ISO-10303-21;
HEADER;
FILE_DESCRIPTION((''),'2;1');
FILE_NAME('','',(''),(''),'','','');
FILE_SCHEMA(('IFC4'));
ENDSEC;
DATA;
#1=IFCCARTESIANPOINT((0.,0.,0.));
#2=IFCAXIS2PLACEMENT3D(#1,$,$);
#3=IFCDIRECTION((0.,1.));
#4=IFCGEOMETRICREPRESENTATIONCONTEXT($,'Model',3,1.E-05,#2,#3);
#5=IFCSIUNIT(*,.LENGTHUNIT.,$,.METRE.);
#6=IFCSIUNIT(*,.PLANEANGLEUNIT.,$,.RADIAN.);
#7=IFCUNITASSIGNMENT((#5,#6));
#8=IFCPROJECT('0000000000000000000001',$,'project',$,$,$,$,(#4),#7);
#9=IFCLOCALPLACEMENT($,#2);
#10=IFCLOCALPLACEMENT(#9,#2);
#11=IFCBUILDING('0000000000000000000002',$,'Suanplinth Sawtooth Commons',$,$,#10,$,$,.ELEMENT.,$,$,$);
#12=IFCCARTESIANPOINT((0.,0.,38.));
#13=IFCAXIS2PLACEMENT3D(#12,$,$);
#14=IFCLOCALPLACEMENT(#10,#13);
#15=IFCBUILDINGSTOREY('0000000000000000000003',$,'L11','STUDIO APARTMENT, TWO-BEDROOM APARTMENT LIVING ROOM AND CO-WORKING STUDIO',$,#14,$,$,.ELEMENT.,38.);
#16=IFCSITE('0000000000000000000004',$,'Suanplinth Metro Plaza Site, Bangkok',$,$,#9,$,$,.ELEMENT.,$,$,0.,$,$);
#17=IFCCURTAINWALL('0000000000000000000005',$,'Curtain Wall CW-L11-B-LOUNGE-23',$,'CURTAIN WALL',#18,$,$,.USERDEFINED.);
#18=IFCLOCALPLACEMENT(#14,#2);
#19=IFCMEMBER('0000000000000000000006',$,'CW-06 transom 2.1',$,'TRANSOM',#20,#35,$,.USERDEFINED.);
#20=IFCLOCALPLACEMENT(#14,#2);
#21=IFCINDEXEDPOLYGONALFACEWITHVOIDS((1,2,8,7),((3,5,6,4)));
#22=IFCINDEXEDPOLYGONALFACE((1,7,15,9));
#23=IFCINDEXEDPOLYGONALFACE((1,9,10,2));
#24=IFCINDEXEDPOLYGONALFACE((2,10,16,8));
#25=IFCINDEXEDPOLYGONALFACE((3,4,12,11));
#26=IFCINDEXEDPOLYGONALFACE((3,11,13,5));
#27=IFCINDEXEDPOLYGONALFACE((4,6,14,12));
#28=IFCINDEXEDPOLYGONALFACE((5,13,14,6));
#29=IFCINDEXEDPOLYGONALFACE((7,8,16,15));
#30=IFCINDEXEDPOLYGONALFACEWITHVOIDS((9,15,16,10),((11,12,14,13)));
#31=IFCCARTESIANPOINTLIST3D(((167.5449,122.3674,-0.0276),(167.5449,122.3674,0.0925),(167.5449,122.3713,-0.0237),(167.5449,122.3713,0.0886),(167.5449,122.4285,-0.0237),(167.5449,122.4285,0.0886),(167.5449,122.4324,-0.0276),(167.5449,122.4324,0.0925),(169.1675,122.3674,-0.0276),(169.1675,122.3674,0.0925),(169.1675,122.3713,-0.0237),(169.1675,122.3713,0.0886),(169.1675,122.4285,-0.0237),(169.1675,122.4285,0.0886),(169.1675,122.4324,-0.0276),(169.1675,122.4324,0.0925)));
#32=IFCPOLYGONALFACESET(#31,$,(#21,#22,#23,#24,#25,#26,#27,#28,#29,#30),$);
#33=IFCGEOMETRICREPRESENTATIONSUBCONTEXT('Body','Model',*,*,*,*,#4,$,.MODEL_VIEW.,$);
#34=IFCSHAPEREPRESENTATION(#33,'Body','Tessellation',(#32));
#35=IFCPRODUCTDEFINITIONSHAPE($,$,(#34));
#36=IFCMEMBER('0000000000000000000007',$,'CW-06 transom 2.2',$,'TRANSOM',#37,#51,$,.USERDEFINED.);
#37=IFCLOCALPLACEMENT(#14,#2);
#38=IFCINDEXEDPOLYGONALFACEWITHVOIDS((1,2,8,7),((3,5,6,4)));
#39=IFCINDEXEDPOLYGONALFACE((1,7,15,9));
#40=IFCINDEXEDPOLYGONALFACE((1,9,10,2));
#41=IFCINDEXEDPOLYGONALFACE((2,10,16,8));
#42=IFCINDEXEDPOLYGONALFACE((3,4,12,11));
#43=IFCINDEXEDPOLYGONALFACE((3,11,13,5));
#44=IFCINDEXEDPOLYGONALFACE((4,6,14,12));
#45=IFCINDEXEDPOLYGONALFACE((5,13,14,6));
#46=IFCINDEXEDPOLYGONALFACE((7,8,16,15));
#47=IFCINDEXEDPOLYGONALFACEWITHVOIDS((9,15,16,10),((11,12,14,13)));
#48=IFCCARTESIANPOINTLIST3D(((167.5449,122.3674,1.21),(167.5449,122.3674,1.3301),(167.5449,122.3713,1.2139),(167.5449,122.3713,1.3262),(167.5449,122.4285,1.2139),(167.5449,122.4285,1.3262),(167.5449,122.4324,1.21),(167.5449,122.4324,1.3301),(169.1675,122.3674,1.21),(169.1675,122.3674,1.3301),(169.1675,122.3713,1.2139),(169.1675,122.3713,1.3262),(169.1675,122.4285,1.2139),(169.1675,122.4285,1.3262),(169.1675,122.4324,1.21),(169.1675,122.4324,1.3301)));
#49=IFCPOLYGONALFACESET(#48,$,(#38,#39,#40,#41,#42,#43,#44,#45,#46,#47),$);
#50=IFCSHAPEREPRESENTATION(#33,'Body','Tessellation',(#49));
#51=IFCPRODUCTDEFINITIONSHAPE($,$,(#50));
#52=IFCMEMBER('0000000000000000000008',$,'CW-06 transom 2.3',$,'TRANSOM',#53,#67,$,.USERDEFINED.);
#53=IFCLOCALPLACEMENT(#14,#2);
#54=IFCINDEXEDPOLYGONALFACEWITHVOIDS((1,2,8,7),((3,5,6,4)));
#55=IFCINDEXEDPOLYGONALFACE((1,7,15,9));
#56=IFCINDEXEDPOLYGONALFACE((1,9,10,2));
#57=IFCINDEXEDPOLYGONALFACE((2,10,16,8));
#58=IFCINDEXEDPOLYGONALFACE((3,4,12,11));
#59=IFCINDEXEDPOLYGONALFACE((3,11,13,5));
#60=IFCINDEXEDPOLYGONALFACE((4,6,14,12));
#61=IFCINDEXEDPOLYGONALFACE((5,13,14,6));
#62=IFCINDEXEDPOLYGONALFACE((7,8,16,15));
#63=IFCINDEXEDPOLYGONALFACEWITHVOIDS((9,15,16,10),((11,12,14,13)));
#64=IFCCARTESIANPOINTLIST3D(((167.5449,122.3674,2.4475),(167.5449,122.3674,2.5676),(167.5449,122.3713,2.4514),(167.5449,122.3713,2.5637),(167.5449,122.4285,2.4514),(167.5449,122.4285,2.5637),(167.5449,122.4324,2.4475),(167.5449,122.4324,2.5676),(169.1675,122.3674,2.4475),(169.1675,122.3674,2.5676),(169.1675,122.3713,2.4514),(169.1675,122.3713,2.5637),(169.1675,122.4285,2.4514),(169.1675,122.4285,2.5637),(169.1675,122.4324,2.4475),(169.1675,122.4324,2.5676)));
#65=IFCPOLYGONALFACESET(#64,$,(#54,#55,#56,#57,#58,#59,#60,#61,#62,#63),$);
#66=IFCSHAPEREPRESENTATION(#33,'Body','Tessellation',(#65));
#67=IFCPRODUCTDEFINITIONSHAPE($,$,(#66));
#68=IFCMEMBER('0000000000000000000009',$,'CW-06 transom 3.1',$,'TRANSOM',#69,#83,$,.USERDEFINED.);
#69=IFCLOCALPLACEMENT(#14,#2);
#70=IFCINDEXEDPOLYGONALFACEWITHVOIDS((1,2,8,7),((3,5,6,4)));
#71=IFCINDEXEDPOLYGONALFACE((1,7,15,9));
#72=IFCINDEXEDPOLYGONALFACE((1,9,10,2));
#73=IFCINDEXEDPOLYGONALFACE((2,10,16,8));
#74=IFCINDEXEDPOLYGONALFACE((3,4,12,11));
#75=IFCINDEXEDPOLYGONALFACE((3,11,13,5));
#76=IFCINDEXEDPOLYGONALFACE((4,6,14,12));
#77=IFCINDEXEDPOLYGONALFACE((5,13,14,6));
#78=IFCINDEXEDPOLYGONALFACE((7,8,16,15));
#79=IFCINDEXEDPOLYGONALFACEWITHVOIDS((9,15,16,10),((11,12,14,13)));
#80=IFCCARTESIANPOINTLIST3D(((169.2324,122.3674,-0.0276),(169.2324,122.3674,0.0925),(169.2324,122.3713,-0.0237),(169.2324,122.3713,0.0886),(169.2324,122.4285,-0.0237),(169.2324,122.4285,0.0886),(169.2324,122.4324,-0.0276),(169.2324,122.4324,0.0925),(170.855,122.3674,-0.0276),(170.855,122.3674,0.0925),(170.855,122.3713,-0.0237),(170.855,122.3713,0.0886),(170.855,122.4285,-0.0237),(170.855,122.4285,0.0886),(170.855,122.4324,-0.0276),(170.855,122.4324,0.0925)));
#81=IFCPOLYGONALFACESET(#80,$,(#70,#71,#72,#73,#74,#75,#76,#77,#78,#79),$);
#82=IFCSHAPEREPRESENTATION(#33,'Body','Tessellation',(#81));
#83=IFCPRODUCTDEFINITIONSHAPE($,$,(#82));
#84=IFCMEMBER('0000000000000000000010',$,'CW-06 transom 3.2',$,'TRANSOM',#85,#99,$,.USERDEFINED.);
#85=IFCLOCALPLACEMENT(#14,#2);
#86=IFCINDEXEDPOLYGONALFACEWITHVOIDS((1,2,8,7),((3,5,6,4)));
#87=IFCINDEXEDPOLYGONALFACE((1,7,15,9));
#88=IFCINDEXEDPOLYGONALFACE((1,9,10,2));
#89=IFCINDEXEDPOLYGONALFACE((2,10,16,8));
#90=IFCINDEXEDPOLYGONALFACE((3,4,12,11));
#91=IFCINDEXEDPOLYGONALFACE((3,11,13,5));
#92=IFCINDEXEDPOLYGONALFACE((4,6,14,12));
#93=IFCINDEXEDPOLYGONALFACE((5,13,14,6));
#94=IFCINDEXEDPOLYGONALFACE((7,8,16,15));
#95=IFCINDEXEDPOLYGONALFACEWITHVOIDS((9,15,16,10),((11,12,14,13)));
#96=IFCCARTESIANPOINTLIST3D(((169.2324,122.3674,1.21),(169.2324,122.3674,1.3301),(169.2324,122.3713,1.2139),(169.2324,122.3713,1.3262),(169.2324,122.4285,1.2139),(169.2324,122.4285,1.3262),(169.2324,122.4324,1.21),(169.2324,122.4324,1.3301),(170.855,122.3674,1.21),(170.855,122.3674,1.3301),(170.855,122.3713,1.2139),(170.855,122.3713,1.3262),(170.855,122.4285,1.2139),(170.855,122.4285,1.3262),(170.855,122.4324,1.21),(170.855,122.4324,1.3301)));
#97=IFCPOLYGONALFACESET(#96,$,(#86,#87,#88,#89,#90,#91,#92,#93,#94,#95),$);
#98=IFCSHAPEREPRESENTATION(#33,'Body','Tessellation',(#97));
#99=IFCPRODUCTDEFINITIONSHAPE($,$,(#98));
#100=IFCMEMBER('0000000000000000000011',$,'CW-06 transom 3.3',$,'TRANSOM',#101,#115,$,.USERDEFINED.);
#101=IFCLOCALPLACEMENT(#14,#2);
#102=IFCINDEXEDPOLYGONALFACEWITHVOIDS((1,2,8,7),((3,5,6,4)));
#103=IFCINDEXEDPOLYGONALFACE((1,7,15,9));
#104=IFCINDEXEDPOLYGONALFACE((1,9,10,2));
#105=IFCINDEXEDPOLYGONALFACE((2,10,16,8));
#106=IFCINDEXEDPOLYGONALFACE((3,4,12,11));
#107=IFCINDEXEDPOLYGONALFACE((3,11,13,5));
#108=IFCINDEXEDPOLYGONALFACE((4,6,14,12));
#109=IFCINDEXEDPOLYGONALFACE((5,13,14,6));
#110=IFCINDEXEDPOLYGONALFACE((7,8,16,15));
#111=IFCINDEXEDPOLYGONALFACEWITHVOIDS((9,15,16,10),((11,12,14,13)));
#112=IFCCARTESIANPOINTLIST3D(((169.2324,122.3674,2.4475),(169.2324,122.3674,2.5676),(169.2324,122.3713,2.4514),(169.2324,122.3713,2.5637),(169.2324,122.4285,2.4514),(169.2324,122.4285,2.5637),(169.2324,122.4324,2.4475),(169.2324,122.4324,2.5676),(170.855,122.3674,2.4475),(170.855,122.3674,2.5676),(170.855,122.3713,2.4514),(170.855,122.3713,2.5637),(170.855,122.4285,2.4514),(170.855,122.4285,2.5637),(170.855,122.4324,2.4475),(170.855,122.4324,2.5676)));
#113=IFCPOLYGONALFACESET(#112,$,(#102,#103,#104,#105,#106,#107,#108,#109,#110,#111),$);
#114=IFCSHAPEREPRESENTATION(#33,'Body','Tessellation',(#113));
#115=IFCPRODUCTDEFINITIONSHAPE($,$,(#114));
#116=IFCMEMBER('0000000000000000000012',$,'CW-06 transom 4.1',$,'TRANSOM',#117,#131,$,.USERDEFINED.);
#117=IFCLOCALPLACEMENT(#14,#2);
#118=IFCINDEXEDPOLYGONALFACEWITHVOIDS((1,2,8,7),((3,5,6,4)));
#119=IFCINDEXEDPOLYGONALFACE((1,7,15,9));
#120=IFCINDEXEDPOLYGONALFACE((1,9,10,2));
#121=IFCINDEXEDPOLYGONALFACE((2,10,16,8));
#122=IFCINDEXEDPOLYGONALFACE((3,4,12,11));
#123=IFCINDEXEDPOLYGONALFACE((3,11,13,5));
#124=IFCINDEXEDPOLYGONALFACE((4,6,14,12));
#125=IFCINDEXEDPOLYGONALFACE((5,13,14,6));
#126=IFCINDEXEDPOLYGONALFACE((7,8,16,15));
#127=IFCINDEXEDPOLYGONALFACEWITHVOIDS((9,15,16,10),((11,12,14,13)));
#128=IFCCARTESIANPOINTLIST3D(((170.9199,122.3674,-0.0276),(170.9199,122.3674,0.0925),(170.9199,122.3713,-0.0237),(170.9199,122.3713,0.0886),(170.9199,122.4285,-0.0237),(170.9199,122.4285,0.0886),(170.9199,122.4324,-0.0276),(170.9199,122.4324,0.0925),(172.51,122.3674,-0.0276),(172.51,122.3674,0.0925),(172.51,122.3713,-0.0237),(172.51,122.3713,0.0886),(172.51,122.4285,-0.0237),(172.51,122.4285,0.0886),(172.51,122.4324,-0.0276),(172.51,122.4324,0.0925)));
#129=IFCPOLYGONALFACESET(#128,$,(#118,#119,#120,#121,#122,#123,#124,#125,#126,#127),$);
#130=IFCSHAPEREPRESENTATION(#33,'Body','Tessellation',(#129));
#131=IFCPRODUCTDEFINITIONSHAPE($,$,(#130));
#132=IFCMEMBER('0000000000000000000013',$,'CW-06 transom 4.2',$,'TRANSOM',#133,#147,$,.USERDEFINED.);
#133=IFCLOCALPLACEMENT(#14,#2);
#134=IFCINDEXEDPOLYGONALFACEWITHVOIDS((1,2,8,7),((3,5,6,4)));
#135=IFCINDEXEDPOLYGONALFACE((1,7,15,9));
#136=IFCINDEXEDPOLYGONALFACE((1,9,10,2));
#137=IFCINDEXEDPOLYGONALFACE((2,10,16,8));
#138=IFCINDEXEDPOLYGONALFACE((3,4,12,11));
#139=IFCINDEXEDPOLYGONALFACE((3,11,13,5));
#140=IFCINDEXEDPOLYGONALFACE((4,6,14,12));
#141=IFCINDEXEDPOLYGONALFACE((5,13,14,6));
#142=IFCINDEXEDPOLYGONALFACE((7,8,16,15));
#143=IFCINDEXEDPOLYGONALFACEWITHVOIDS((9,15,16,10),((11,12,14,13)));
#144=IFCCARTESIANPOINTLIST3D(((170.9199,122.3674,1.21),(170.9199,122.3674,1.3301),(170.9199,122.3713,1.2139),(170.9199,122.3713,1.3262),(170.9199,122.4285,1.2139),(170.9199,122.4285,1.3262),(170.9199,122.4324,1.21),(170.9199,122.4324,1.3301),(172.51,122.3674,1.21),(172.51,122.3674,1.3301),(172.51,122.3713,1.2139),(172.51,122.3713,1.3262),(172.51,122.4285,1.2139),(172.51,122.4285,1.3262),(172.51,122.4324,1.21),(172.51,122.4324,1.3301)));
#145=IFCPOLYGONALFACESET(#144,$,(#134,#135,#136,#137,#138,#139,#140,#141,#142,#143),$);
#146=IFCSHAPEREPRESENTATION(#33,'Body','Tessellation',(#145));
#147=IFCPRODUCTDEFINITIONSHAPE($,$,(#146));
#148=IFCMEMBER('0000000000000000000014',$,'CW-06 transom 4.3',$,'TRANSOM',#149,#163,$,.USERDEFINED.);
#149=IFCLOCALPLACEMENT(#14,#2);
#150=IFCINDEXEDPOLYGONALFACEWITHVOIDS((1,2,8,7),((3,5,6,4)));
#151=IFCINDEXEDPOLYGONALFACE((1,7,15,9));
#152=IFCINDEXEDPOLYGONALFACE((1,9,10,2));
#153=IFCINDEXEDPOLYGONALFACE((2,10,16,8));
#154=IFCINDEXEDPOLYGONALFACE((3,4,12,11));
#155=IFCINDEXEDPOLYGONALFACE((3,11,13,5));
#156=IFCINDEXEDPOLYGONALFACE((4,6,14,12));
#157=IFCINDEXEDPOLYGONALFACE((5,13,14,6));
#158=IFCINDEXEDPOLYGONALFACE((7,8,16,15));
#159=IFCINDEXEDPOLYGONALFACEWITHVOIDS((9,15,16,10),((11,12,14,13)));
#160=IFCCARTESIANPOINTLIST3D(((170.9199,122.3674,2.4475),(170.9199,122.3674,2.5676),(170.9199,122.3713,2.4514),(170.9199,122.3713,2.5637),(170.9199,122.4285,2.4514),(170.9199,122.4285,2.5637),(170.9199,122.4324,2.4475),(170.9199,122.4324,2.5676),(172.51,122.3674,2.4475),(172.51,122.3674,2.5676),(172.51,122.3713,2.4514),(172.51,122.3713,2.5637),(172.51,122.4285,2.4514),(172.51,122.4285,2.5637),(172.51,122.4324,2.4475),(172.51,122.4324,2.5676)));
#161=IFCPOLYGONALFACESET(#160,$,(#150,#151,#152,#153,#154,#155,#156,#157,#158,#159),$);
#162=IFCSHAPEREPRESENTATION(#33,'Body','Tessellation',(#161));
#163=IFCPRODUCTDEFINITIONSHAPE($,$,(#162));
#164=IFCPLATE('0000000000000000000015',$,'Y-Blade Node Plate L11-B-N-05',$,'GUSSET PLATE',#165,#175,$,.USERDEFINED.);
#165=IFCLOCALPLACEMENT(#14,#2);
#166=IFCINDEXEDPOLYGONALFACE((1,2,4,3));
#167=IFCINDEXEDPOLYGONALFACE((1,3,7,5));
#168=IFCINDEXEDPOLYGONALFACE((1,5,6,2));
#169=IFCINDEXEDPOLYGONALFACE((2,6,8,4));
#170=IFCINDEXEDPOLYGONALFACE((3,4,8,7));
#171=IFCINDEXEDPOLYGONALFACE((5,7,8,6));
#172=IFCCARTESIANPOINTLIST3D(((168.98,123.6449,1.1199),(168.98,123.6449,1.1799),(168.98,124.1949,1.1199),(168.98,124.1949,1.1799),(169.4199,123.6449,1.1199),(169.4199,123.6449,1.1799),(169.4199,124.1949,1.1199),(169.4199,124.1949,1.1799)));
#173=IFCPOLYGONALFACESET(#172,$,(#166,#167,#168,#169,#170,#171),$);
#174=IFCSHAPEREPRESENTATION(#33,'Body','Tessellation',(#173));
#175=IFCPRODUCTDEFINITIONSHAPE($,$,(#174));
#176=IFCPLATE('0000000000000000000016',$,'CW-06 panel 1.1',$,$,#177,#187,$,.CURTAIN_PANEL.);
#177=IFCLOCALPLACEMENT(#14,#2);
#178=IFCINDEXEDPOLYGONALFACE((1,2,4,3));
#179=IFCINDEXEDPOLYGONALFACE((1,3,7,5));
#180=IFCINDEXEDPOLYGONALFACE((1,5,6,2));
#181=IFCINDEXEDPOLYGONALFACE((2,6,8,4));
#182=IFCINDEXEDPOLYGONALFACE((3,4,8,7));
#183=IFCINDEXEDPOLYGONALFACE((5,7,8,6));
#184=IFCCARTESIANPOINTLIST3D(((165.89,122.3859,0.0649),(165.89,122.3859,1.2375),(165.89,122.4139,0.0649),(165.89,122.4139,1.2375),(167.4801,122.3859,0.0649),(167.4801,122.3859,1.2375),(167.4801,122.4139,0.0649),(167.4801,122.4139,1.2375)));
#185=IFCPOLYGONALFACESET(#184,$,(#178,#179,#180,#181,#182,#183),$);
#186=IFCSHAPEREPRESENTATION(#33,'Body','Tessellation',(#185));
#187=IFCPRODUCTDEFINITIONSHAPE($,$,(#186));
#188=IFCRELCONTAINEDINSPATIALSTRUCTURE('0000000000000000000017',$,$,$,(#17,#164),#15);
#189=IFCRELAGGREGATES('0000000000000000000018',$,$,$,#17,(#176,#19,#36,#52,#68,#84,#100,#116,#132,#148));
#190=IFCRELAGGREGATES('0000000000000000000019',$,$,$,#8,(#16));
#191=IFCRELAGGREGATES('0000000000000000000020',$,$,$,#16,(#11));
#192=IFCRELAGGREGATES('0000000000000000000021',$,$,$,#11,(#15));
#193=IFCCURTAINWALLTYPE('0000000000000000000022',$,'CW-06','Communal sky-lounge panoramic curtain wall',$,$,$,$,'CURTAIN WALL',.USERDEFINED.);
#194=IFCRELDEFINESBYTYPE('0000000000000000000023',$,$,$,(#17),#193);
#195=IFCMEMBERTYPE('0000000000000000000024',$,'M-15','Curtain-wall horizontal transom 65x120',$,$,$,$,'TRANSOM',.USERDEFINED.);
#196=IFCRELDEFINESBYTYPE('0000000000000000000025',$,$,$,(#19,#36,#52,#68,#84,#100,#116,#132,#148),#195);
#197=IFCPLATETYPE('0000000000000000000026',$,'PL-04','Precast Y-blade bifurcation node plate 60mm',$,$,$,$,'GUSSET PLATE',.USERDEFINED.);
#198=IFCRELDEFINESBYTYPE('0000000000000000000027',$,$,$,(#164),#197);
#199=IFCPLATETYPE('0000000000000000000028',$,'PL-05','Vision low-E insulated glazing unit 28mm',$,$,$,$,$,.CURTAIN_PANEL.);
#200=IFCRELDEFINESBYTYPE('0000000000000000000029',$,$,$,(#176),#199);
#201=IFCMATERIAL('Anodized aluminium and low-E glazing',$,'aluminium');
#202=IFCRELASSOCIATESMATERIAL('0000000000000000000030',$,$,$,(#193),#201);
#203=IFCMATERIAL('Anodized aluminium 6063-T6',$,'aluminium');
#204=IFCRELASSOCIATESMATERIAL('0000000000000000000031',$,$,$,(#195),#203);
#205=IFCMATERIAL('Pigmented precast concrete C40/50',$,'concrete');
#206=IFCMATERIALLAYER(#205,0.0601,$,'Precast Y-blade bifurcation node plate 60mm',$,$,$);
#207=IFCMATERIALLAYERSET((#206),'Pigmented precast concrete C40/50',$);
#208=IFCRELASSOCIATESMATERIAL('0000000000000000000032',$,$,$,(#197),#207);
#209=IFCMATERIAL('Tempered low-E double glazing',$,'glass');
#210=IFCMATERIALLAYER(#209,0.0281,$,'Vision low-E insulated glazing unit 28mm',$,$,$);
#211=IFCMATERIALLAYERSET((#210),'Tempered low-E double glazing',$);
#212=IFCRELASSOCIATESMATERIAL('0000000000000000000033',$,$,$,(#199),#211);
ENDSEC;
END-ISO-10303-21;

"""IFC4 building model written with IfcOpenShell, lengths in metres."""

from ifc_helpers import new_model, si_unit, direction, frame, origin, origin_2d, place, context, subcontext, project, spatial, rectangle, hollow_rectangle, extrude, material, layer, layer_set, material_profile, profile_set, type_object, element, aggregate, save


model = new_model("IFC4")

# Units and contexts
model_context = context("Model", 3, precision=1e-05, world=origin(), true_north=direction((0.0, 1.0)))
body_context = subcontext(model_context, "Body", "Model", "MODEL_VIEW")
ifc_project = project(units=[si_unit("LENGTHUNIT", "METRE"), si_unit("PLANEANGLEUNIT", "RADIAN")], contexts=[model_context])

# Site, building, storey
site_placement = place(None, origin())
site = spatial("IfcSite", under=ifc_project, at=site_placement, Name="Suanplinth Metro Plaza Site, Bangkok", CompositionType="ELEMENT", RefElevation=0.0)
building_placement = place(site_placement, origin())
building = spatial("IfcBuilding", under=site, at=building_placement, Name="Suanplinth Sawtooth Commons", CompositionType="ELEMENT")
storey_placement = place(building_placement, frame((0.0, 0.0, 38.0)))
storey = spatial("IfcBuildingStorey", under=building, at=storey_placement, Name="L11", Description="STUDIO APARTMENT, TWO-BEDROOM APARTMENT LIVING ROOM AND CO-WORKING STUDIO", CompositionType="ELEMENT", Elevation=38.0)

# Shared definitions
ifc_material_1 = material(Name="Pigmented precast concrete C40/50", Category="concrete")

# Curtain wall, members
ifc_material_2 = material(Name="Anodized aluminium and low-E glazing", Category="aluminium")
curtain_wall_type = type_object("IfcCurtainWallType", Name="CW-06", Description="Communal sky-lounge panoramic curtain wall", ElementType="CURTAIN WALL", PredefinedType="USERDEFINED", material=ifc_material_2)
curtain_wall_placement = place(storey_placement, origin())
curtain_wall = element("IfcCurtainWall", 1, at=curtain_wall_placement, inside=storey, type_object=curtain_wall_type, Name="Curtain Wall CW-L11-B-LOUNGE-23", ObjectType="CURTAIN WALL", PredefinedType="USERDEFINED")
ifc_material_3 = material(Name="Anodized aluminium 6063-T6", Category="aluminium")
ifc_material_profile_1 = material_profile(ifc_material_3, hollow_rectangle(XDim=0.0649, YDim=0.1201, WallThickness=0.0039, at=origin_2d()), Name="ALU-TRN 65x120")
ifc_profile_set_1 = profile_set([ifc_material_profile_1], Name="Anodized aluminium 6063-T6")
member_type_1 = type_object("IfcMemberType", Name="M-15", Description="Curtain-wall horizontal transom 65x120", ElementType="TRANSOM", PredefinedType="USERDEFINED", material=ifc_profile_set_1)
member_1_placement = place(storey_placement, frame((167.5449, 122.3999, 0.0325), z_axis=(1.0, 0.0, 0.0), x_axis=(0.0, 1.0, 0.0)))
member_1 = element("IfcMember", 2, at=member_1_placement, type_object=member_type_1, Name="CW-06 transom 2.1", ObjectType="TRANSOM", PredefinedType="USERDEFINED", context=body_context, shape_type="SweptSolid", body=[
    extrude(hollow_rectangle(XDim=0.0649, YDim=0.1201, WallThickness=0.0039, at=origin_2d()), origin(), (0.0, 0.0, 1.0), 1.6226),
])
member_2_placement = place(storey_placement, frame((167.5449, 122.3999, 1.27), z_axis=(1.0, 0.0, 0.0), x_axis=(0.0, 1.0, 0.0)))
member_2 = element("IfcMember", 3, at=member_2_placement, type_object=member_type_1, Name="CW-06 transom 2.2", ObjectType="TRANSOM", PredefinedType="USERDEFINED", context=body_context, shape_type="SweptSolid", body=[
    extrude(hollow_rectangle(XDim=0.0649, YDim=0.1201, WallThickness=0.0039, at=origin_2d()), origin(), (0.0, 0.0, 1.0), 1.6226),
])
member_3_placement = place(storey_placement, frame((167.5449, 122.3999, 2.5076), z_axis=(1.0, 0.0, 0.0), x_axis=(0.0, 1.0, 0.0)))
member_3 = element("IfcMember", 4, at=member_3_placement, type_object=member_type_1, Name="CW-06 transom 2.3", ObjectType="TRANSOM", PredefinedType="USERDEFINED", context=body_context, shape_type="SweptSolid", body=[
    extrude(hollow_rectangle(XDim=0.0649, YDim=0.1201, WallThickness=0.0039, at=origin_2d()), origin(), (0.0, 0.0, 1.0), 1.6226),
])
member_4_placement = place(storey_placement, frame((169.2324, 122.3999, 0.0325), z_axis=(1.0, 0.0, 0.0), x_axis=(0.0, 1.0, 0.0)))
member_4 = element("IfcMember", 5, at=member_4_placement, type_object=member_type_1, Name="CW-06 transom 3.1", ObjectType="TRANSOM", PredefinedType="USERDEFINED", context=body_context, shape_type="SweptSolid", body=[
    extrude(hollow_rectangle(XDim=0.0649, YDim=0.1201, WallThickness=0.0039, at=origin_2d()), origin(), (0.0, 0.0, 1.0), 1.6226),
])
member_5_placement = place(storey_placement, frame((169.2324, 122.3999, 1.27), z_axis=(1.0, 0.0, 0.0), x_axis=(0.0, 1.0, 0.0)))
member_5 = element("IfcMember", 6, at=member_5_placement, type_object=member_type_1, Name="CW-06 transom 3.2", ObjectType="TRANSOM", PredefinedType="USERDEFINED", context=body_context, shape_type="SweptSolid", body=[
    extrude(hollow_rectangle(XDim=0.0649, YDim=0.1201, WallThickness=0.0039, at=origin_2d()), origin(), (0.0, 0.0, 1.0), 1.6226),
])
member_6_placement = place(storey_placement, frame((169.2324, 122.3999, 2.5076), z_axis=(1.0, 0.0, 0.0), x_axis=(0.0, 1.0, 0.0)))
member_6 = element("IfcMember", 7, at=member_6_placement, type_object=member_type_1, Name="CW-06 transom 3.3", ObjectType="TRANSOM", PredefinedType="USERDEFINED", context=body_context, shape_type="SweptSolid", body=[
    extrude(hollow_rectangle(XDim=0.0649, YDim=0.1201, WallThickness=0.0039, at=origin_2d()), origin(), (0.0, 0.0, 1.0), 1.6226),
])
member_7_placement = place(storey_placement, frame((170.9199, 122.3999, 0.0325), z_axis=(1.0, 0.0, 0.0), x_axis=(0.0, 1.0, 0.0)))
member_7 = element("IfcMember", 8, at=member_7_placement, type_object=member_type_1, Name="CW-06 transom 4.1", ObjectType="TRANSOM", PredefinedType="USERDEFINED", context=body_context, shape_type="SweptSolid", body=[
    extrude(hollow_rectangle(XDim=0.0649, YDim=0.1201, WallThickness=0.0039, at=origin_2d()), origin(), (0.0, 0.0, 1.0), 1.5901),
])
member_8_placement = place(storey_placement, frame((170.9199, 122.3999, 1.27), z_axis=(1.0, 0.0, 0.0), x_axis=(0.0, 1.0, 0.0)))
member_8 = element("IfcMember", 9, at=member_8_placement, type_object=member_type_1, Name="CW-06 transom 4.2", ObjectType="TRANSOM", PredefinedType="USERDEFINED", context=body_context, shape_type="SweptSolid", body=[
    extrude(hollow_rectangle(XDim=0.0649, YDim=0.1201, WallThickness=0.0039, at=origin_2d()), origin(), (0.0, 0.0, 1.0), 1.5901),
])
member_9_placement = place(storey_placement, frame((170.9199, 122.3999, 2.5076), z_axis=(1.0, 0.0, 0.0), x_axis=(0.0, 1.0, 0.0)))
member_9 = element("IfcMember", 10, at=member_9_placement, type_object=member_type_1, Name="CW-06 transom 4.3", ObjectType="TRANSOM", PredefinedType="USERDEFINED", context=body_context, shape_type="SweptSolid", body=[
    extrude(hollow_rectangle(XDim=0.0649, YDim=0.1201, WallThickness=0.0039, at=origin_2d()), origin(), (0.0, 0.0, 1.0), 1.5901),
])

# Plates
ifc_layer_1 = layer(ifc_material_1, 0.0601, Name="Precast Y-blade bifurcation node plate 60mm")
ifc_layer_set_1 = layer_set([ifc_layer_1], Name="Pigmented precast concrete C40/50")
plate_type_1 = type_object("IfcPlateType", Name="PL-04", Description="Precast Y-blade bifurcation node plate 60mm", ElementType="GUSSET PLATE", PredefinedType="USERDEFINED", material=ifc_layer_set_1)
plate_1_placement = place(storey_placement, frame((169.2, 123.9199, 1.1199), z_axis=(0.0, 0.0, 1.0), x_axis=(1.0, 0.0, 0.0)))
element("IfcPlate", 11, at=plate_1_placement, inside=storey, type_object=plate_type_1, Name="Y-Blade Node Plate L11-B-N-05", ObjectType="GUSSET PLATE", PredefinedType="USERDEFINED", context=body_context, shape_type="SweptSolid", body=[
    extrude(rectangle(XDim=0.4399, YDim=0.55, at=origin_2d()), origin(), (0.0, 0.0, 1.0), 0.0601),
])
ifc_material_4 = material(Name="Tempered low-E double glazing", Category="glass")
ifc_layer_2 = layer(ifc_material_4, 0.0281, Name="Vision low-E insulated glazing unit 28mm")
ifc_layer_set_2 = layer_set([ifc_layer_2], Name="Tempered low-E double glazing")
plate_type_2 = type_object("IfcPlateType", Name="PL-05", Description="Vision low-E insulated glazing unit 28mm", PredefinedType="CURTAIN_PANEL", material=ifc_layer_set_2)
plate_2_placement = place(storey_placement, frame((166.6851, 122.3999, 0.0649), z_axis=(0.0, 0.0, 1.0), x_axis=(1.0, 0.0, 0.0)))
plate_2 = element("IfcPlate", 12, at=plate_2_placement, type_object=plate_type_2, Name="CW-06 panel 1.1", PredefinedType="CURTAIN_PANEL", context=body_context, shape_type="SweptSolid", body=[
    extrude(rectangle(XDim=1.5901, YDim=0.0281, at=origin_2d()), origin(), (0.0, 0.0, 1.0), 1.1726),
])
aggregate(curtain_wall, [plate_2, member_1, member_2, member_3, member_4, member_5, member_6, member_7, member_8, member_9])

save(model, "model.ifc")
